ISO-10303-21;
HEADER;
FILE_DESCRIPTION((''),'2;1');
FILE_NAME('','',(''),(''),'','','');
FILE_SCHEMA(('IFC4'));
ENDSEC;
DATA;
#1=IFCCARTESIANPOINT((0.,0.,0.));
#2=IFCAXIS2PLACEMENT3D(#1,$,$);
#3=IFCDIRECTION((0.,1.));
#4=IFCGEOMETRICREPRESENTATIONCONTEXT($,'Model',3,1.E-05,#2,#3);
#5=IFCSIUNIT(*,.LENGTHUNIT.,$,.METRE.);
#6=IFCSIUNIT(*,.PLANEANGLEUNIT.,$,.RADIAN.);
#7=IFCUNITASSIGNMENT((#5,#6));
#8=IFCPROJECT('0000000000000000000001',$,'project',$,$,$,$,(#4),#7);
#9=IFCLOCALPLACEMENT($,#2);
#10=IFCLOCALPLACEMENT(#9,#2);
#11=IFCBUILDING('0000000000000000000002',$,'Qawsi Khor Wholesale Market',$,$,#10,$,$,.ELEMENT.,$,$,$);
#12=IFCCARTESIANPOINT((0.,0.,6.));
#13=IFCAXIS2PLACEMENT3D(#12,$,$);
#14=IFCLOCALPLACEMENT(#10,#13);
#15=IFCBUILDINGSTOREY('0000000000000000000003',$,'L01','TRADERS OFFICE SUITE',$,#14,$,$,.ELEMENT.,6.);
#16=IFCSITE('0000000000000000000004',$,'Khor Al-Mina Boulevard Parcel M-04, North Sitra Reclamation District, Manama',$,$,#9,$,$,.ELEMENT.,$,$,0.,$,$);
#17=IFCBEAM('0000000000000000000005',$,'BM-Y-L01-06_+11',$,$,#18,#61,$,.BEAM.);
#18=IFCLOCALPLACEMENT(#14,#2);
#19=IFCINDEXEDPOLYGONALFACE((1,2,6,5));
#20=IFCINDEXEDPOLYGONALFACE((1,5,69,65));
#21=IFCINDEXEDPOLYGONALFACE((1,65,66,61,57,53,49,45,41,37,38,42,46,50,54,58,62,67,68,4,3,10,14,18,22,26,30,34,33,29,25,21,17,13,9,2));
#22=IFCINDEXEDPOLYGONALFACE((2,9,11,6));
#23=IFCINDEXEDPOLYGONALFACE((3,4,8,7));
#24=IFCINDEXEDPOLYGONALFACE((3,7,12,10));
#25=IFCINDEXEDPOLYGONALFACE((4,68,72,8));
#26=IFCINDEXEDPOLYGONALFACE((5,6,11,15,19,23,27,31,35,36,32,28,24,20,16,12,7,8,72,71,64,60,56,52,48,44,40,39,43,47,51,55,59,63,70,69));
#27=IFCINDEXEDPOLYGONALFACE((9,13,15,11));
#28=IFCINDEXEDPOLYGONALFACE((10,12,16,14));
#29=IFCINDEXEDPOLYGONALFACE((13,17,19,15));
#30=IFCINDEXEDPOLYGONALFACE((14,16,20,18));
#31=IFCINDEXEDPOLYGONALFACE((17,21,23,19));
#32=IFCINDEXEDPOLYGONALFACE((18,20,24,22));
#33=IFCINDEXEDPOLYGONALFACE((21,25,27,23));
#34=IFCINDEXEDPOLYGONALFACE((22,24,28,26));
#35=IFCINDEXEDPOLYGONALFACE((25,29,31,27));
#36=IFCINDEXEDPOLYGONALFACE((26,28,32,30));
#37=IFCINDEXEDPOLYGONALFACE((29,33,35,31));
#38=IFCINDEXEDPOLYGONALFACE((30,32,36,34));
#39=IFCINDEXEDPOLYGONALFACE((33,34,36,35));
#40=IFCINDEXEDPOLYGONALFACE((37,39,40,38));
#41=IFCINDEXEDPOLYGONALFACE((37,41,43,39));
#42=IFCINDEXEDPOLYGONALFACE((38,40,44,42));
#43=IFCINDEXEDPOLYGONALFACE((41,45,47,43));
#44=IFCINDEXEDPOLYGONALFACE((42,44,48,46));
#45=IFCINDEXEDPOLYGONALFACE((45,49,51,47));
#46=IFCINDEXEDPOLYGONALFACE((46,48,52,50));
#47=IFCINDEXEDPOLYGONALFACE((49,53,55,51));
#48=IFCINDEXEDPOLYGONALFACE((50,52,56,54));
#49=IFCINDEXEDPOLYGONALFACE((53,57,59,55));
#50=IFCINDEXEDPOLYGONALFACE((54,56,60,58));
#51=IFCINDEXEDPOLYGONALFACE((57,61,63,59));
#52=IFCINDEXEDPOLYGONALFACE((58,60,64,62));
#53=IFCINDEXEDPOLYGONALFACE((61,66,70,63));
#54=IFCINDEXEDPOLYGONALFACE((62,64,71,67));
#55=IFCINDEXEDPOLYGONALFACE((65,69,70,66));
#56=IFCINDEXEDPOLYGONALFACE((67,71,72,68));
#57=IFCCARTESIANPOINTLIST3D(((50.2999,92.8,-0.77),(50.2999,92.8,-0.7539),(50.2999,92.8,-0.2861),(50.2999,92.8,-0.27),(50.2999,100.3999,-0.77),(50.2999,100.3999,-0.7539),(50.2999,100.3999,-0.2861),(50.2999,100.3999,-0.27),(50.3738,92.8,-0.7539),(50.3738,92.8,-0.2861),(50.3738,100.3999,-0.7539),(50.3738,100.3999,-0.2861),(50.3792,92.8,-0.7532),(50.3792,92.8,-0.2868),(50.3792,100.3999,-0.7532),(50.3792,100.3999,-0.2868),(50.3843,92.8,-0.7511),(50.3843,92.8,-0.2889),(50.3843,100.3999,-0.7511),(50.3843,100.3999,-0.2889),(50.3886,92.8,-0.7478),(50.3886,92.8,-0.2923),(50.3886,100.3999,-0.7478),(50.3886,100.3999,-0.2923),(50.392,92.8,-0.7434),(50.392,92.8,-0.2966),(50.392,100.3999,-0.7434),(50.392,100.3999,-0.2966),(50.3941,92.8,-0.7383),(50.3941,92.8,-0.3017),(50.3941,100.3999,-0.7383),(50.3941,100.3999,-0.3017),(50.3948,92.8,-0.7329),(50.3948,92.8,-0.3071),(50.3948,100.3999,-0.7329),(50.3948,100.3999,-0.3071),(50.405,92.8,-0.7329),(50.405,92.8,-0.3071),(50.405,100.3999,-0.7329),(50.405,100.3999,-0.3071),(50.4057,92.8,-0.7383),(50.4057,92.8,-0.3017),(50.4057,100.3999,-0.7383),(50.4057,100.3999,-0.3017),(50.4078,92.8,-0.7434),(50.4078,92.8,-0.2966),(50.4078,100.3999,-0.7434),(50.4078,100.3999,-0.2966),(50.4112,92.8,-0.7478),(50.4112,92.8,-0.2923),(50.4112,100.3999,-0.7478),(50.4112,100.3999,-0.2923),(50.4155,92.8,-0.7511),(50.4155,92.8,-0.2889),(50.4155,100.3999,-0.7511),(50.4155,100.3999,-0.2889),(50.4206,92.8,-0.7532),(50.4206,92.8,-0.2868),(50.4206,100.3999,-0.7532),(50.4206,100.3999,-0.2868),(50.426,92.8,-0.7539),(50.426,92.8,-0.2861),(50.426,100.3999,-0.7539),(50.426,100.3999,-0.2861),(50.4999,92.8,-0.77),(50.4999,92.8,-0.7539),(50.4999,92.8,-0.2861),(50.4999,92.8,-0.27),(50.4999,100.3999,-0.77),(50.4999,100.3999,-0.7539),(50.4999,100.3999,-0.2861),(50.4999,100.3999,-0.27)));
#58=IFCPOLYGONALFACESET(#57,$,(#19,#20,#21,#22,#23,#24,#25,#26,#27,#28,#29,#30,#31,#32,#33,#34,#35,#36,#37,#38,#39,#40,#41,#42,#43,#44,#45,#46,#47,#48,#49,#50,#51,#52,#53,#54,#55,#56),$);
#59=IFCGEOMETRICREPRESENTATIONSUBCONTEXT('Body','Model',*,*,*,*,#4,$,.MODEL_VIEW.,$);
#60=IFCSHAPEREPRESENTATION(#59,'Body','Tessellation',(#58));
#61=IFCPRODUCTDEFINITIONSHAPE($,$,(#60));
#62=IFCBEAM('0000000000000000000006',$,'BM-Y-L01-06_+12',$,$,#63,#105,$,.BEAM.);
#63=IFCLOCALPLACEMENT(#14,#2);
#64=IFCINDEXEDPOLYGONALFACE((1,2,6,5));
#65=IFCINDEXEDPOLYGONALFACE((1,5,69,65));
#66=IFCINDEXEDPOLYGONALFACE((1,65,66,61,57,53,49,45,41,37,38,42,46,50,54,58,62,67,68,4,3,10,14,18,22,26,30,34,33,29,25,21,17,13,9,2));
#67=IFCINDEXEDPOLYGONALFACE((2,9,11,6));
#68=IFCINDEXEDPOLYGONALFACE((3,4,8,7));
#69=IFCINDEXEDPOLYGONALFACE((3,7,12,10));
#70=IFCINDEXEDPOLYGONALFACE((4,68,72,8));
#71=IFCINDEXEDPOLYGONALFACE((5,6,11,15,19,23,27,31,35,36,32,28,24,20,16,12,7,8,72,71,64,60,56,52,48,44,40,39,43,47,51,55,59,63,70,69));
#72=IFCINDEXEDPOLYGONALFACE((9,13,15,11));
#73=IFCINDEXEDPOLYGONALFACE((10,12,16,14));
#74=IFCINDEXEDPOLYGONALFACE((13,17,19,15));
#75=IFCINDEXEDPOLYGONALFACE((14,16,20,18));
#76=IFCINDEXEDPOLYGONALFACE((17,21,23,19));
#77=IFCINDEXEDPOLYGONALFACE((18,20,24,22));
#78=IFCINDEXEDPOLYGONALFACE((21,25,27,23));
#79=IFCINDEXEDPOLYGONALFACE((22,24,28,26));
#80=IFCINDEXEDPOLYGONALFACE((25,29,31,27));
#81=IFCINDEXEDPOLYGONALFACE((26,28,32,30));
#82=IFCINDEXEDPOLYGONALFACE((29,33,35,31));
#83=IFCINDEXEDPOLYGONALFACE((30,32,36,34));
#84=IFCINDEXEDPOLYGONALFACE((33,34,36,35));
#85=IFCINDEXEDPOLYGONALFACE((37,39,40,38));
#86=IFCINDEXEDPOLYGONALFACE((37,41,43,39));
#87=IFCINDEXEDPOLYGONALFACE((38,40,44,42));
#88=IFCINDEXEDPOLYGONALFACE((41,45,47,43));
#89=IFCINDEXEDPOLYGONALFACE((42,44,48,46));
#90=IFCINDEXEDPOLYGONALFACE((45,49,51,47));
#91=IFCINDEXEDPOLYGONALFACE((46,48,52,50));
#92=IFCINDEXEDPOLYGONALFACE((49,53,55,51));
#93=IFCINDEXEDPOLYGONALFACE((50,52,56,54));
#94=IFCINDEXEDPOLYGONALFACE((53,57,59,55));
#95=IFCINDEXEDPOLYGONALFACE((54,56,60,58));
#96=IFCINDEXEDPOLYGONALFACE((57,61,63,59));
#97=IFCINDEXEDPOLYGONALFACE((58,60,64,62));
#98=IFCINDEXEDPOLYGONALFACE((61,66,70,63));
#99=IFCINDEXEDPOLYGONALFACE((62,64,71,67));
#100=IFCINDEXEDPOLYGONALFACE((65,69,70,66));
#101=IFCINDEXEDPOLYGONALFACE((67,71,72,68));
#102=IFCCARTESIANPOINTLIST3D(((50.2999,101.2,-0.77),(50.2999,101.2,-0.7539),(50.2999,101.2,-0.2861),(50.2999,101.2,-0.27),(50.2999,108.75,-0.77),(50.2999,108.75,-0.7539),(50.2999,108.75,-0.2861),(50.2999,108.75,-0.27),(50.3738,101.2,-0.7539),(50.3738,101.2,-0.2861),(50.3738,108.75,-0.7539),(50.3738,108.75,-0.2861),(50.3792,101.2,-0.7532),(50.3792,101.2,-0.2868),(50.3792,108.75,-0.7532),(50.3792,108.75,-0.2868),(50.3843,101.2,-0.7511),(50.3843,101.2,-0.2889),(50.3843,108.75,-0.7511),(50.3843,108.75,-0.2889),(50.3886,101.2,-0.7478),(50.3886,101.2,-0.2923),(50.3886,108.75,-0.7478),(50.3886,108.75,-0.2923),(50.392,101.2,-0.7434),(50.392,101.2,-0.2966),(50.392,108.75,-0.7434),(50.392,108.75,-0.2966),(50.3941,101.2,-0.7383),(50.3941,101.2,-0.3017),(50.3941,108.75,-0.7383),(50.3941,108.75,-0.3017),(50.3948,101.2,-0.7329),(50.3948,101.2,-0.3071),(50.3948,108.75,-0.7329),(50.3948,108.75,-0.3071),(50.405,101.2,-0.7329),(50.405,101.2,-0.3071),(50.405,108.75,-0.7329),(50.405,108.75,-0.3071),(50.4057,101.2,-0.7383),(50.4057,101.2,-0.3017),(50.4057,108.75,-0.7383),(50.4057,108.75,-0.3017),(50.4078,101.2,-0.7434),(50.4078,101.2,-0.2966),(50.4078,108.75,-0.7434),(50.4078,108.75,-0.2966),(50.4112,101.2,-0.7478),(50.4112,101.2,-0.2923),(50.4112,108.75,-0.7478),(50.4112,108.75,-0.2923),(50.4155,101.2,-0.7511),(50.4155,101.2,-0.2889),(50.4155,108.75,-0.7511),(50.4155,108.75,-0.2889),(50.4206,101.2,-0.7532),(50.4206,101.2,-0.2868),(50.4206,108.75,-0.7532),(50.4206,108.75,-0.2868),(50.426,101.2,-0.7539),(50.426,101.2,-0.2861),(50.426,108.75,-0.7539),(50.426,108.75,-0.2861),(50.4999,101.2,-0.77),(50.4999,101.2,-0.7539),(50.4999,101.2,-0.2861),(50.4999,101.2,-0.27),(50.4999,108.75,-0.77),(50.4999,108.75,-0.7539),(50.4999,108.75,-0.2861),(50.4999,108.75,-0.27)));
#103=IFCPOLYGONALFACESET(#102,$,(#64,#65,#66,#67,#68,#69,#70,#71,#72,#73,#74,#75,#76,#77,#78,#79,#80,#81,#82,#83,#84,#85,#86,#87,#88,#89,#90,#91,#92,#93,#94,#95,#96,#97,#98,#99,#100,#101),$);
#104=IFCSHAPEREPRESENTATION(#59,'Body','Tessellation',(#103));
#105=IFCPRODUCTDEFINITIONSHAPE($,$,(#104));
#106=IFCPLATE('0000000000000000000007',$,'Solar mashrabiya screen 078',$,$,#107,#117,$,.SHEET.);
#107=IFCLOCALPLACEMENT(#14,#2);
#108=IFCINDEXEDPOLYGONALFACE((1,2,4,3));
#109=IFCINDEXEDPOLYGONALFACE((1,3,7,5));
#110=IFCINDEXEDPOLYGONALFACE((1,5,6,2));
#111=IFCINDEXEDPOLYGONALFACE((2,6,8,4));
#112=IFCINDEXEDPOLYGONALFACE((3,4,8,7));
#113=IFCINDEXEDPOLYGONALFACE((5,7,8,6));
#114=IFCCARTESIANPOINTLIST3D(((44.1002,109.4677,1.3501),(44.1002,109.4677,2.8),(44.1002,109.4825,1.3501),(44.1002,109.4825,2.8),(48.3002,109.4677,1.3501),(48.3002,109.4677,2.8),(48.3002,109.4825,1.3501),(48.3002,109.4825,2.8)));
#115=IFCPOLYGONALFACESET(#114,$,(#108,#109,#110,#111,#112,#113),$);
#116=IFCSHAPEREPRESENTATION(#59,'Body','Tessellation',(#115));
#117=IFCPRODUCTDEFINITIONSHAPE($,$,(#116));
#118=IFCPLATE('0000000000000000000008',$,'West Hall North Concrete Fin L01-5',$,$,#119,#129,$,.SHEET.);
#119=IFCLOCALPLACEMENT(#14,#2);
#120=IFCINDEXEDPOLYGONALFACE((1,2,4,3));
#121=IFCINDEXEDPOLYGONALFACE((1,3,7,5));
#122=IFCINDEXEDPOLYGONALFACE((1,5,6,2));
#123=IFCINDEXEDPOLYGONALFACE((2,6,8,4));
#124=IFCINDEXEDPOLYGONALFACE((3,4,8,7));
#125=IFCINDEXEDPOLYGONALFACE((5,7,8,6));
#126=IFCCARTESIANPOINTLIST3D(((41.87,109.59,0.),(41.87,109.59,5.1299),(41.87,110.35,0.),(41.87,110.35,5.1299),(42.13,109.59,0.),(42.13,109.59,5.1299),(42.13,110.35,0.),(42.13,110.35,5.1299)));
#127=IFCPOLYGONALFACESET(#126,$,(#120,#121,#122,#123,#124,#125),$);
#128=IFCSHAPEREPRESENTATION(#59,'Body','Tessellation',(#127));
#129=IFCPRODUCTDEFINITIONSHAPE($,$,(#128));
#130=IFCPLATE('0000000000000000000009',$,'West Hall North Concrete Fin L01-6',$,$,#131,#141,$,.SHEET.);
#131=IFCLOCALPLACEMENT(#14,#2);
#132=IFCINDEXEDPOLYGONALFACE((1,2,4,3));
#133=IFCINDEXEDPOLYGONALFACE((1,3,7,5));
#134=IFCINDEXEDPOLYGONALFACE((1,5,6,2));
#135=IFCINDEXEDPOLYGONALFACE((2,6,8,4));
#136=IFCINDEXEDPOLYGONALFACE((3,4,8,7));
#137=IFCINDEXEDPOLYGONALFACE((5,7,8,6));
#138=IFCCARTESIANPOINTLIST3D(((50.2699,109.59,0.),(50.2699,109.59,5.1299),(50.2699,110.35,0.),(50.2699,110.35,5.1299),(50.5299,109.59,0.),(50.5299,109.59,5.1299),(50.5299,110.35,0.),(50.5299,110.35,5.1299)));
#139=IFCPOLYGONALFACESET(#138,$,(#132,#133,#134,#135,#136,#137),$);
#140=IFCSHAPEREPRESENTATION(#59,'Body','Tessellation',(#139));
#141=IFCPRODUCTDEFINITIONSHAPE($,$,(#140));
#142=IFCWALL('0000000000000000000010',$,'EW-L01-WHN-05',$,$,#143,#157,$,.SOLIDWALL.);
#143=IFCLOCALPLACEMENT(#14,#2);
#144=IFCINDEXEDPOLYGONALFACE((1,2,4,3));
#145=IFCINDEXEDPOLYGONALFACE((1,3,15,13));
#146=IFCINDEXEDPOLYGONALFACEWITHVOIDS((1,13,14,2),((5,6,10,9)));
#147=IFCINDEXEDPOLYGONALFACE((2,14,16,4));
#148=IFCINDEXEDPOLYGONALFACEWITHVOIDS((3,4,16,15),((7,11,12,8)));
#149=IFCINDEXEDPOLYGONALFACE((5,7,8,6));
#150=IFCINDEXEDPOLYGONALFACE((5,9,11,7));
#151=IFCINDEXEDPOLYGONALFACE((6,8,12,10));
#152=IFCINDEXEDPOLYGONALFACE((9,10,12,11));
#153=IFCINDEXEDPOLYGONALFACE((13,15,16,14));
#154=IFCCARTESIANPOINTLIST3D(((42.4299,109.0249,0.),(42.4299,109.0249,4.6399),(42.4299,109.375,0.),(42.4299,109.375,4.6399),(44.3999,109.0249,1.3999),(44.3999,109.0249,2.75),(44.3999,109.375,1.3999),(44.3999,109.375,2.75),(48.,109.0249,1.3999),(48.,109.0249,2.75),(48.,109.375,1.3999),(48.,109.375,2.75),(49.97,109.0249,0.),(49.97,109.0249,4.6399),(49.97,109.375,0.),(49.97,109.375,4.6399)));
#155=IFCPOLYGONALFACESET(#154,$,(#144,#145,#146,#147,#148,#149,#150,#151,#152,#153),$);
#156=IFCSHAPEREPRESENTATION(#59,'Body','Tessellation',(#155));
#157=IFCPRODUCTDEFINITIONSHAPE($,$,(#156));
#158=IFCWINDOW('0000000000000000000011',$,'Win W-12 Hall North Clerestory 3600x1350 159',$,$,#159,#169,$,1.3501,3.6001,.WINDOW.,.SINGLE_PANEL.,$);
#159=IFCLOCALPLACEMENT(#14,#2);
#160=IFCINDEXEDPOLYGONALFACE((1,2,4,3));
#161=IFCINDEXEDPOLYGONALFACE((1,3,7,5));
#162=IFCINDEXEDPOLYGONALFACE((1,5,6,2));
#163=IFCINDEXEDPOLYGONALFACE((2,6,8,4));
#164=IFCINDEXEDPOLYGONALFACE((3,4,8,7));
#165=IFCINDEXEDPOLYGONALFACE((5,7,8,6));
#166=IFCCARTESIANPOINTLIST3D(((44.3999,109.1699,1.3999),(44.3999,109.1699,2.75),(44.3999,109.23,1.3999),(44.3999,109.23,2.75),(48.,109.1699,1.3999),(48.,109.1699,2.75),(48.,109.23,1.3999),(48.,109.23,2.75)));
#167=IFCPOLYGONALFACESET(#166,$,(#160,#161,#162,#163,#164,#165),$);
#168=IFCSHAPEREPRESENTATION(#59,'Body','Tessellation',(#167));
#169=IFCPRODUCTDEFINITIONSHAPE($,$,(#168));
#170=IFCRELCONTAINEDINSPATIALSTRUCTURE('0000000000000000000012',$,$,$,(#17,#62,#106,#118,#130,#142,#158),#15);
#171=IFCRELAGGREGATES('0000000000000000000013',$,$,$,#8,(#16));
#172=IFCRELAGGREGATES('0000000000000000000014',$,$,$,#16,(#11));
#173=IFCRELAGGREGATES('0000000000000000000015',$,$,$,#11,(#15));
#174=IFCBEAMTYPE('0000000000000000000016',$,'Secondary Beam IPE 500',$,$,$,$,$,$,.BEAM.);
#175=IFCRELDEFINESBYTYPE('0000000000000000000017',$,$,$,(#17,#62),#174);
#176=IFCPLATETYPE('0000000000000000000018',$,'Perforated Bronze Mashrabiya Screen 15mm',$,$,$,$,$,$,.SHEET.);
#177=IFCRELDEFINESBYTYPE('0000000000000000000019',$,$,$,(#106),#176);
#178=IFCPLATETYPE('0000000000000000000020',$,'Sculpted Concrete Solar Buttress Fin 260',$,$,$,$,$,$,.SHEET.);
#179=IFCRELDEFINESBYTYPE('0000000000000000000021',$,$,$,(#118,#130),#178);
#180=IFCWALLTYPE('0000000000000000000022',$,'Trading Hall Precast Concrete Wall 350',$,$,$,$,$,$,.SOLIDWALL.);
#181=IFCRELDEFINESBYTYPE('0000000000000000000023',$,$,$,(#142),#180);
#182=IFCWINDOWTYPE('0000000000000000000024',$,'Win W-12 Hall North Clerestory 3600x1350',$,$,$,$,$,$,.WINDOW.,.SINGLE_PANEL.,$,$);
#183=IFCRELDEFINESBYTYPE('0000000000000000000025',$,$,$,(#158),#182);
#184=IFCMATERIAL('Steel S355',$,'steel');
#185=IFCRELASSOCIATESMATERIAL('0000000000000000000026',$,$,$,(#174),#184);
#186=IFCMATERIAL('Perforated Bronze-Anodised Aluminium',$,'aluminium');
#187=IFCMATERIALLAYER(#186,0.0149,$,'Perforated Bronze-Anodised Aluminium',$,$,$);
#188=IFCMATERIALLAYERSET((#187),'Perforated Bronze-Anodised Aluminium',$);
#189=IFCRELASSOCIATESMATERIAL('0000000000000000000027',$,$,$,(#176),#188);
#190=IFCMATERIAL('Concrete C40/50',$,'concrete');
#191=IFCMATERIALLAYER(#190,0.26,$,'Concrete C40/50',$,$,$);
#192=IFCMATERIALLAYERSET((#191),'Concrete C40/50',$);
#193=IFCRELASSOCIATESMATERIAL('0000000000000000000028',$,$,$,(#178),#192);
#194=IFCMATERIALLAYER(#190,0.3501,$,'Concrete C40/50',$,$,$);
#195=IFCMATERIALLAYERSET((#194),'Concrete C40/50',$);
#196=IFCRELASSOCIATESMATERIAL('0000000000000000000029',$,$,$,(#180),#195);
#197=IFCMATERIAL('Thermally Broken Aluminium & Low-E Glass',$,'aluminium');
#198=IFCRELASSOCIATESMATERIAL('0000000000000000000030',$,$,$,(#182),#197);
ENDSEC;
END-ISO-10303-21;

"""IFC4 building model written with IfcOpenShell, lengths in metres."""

from ifc_helpers import new_model, si_unit, direction, frame, frame_2d, origin, origin_2d, place, context, subcontext, project, spatial, rectangle, i_section, extrude, material, layer, layer_set, material_profile, profile_set, type_object, element, fill, save


model = new_model("IFC4")

# Units and contexts
model_context = context("Model", 3, precision=1e-05, world=origin(), true_north=direction((0.0, 1.0)))
body_context = subcontext(model_context, "Body", "Model", "MODEL_VIEW")
ifc_project = project(units=[si_unit("LENGTHUNIT", "METRE"), si_unit("PLANEANGLEUNIT", "RADIAN")], contexts=[model_context])

# Site, building, storey
site_placement = place(None, origin())
site = spatial("IfcSite", under=ifc_project, at=site_placement, Name="Khor Al-Mina Boulevard Parcel M-04, North Sitra Reclamation District, Manama", CompositionType="ELEMENT", RefElevation=0.0)
building_placement = place(site_placement, origin())
building = spatial("IfcBuilding", under=site, at=building_placement, Name="Qawsi Khor Wholesale Market", CompositionType="ELEMENT")
storey_placement = place(building_placement, frame((0.0, 0.0, 6.0)))
storey = spatial("IfcBuildingStorey", under=building, at=storey_placement, Name="L01", Description="TRADERS OFFICE SUITE", CompositionType="ELEMENT", Elevation=6.0)

# Shared definitions
ifc_material_1 = material(Name="Concrete C40/50", Category="concrete")

# Beams
ifc_material_2 = material(Name="Steel S355", Category="steel")
ifc_material_profile_1 = material_profile(ifc_material_2, i_section(OverallWidth=0.2, OverallDepth=0.5, WebThickness=0.0103, FlangeThickness=0.0161, FilletRadius=0.021, at=origin_2d()), Name="IPE 500")
ifc_profile_set_1 = profile_set([ifc_material_profile_1], Name="Steel S355")
beam_type_1 = type_object("IfcBeamType", Name="Secondary Beam IPE 500", PredefinedType="BEAM", material=ifc_profile_set_1)
beam_1_placement = place(storey_placement, frame((50.3999, 92.8, -0.52), z_axis=(0.0, 1.0, 0.0), x_axis=(-1.0, 0.0, 0.0)))
element("IfcBeam", 1, at=beam_1_placement, inside=storey, type_object=beam_type_1, Name="BM-Y-L01-06_+11", PredefinedType="BEAM", context=body_context, shape_type="SweptSolid", body=[
    extrude(i_section(OverallWidth=0.2, OverallDepth=0.5, WebThickness=0.0103, FlangeThickness=0.0161, FilletRadius=0.021, at=origin_2d()), origin(), (0.0, 0.0, 1.0), 7.5999),
])
beam_2_placement = place(storey_placement, frame((50.3999, 101.2, -0.52), z_axis=(0.0, 1.0, 0.0), x_axis=(-1.0, 0.0, 0.0)))
element("IfcBeam", 2, at=beam_2_placement, inside=storey, type_object=beam_type_1, Name="BM-Y-L01-06_+12", PredefinedType="BEAM", context=body_context, shape_type="SweptSolid", body=[
    extrude(i_section(OverallWidth=0.2, OverallDepth=0.5, WebThickness=0.0103, FlangeThickness=0.0161, FilletRadius=0.021, at=origin_2d()), origin(), (0.0, 0.0, 1.0), 7.55),
])

# Plates
ifc_material_3 = material(Name="Perforated Bronze-Anodised Aluminium", Category="aluminium")
ifc_layer_1 = layer(ifc_material_3, 0.0149, Name="Perforated Bronze-Anodised Aluminium")
ifc_layer_set_1 = layer_set([ifc_layer_1], Name="Perforated Bronze-Anodised Aluminium")
plate_type_1 = type_object("IfcPlateType", Name="Perforated Bronze Mashrabiya Screen 15mm", PredefinedType="SHEET", material=ifc_layer_set_1)
plate_placement = place(storey_placement, frame((44.1001, 109.4751, 1.3501), z_axis=(0.0, 0.0, 1.0), x_axis=(1.0, 0.0, 0.0)))
element("IfcPlate", 3, at=plate_placement, inside=storey, type_object=plate_type_1, Name="Solar mashrabiya screen 078", PredefinedType="SHEET", context=body_context, shape_type="SweptSolid", body=[
    extrude(rectangle(XDim=4.2, YDim=0.0149, at=frame_2d((2.1001, 0.0))), origin(), (0.0, 0.0, 1.0), 1.45),
])
ifc_layer_2 = layer(ifc_material_1, 0.26, Name="Concrete C40/50")
ifc_layer_set_2 = layer_set([ifc_layer_2], Name="Concrete C40/50")
plate_type_2 = type_object("IfcPlateType", Name="Sculpted Concrete Solar Buttress Fin 260", PredefinedType="SHEET", material=ifc_layer_set_2)
for number, where, z_axis, x_axis, name in (
    (4, (42.0, 109.5901, 0.0), (0.0, 0.0, 1.0), (0.0, 1.0, 0.0), "West Hall North Concrete Fin L01-5"),
    (5, (50.3999, 109.5901, 0.0), (0.0, 0.0, 1.0), (0.0, 1.0, 0.0), "West Hall North Concrete Fin L01-6"),
):
    element("IfcPlate", number, at=place(storey_placement, frame(where, z_axis=z_axis, x_axis=x_axis)), inside=storey, type_object=plate_type_2, Name=name, PredefinedType="SHEET", context=body_context, shape_type="SweptSolid", body=[
        extrude(rectangle(XDim=0.76, YDim=0.26, at=frame_2d((0.3799, 0.0))), origin(), (0.0, 0.0, 1.0), 5.1299),
    ])

# Wall, opening, window
ifc_layer_3 = layer(ifc_material_1, 0.3501, Name="Concrete C40/50")
ifc_layer_set_3 = layer_set([ifc_layer_3], Name="Concrete C40/50")
wall_type = type_object("IfcWallType", Name="Trading Hall Precast Concrete Wall 350", PredefinedType="SOLIDWALL", material=ifc_layer_set_3)
wall_1_placement = place(storey_placement, frame((42.4299, 109.2, 0.0), z_axis=(0.0, 0.0, 1.0), x_axis=(1.0, 0.0, 0.0)))
wall_1 = element("IfcWall", 6, at=wall_1_placement, inside=storey, type_object=wall_type, Name="EW-L01-WHN-05", PredefinedType="SOLIDWALL", context=body_context, shape_type="SweptSolid", body=[
    extrude(rectangle(XDim=7.54, YDim=0.3501, at=frame_2d((3.77, 0.0))), origin(), (0.0, 0.0, 1.0), 4.6399),
])
opening_1_placement = place(wall_1_placement, frame((1.97, 0.0, 1.3999)))
opening_1 = element("IfcOpeningElement", 7, at=opening_1_placement, cuts=wall_1, PredefinedType="OPENING", context=body_context, shape_type="SweptSolid", body=[
    extrude(rectangle(XDim=3.6001, YDim=1.3501, at=frame_2d((1.8, 0.675))), frame((0.0, 0.1851, 0.0), z_axis=(0.0, -1.0, 0.0), x_axis=(1.0, 0.0, 0.0)), (0.0, 0.0, 1.0), 0.3701),
])
ifc_material_4 = material(Name="Thermally Broken Aluminium & Low-E Glass", Category="aluminium")
window_type = type_object("IfcWindowType", Name="Win W-12 Hall North Clerestory 3600x1350", PartitioningType="SINGLE_PANEL", PredefinedType="WINDOW", material=ifc_material_4)
window_1_placement = place(opening_1_placement, origin())
window_1 = element("IfcWindow", 8, at=window_1_placement, inside=storey, type_object=window_type, Name="Win W-12 Hall North Clerestory 3600x1350 159", OverallHeight=1.3501, OverallWidth=3.6001, PartitioningType="SINGLE_PANEL", PredefinedType="WINDOW", context=body_context, shape_type="SweptSolid", body=[
    extrude(rectangle(XDim=3.6001, YDim=1.3501, at=frame_2d((1.8, 0.675))), frame((0.0, 0.03, 0.0), z_axis=(0.0, -1.0, 0.0), x_axis=(1.0, 0.0, 0.0)), (0.0, 0.0, 1.0), 0.0601),
])
fill(opening_1, window_1)

save(model, "model.ifc")
